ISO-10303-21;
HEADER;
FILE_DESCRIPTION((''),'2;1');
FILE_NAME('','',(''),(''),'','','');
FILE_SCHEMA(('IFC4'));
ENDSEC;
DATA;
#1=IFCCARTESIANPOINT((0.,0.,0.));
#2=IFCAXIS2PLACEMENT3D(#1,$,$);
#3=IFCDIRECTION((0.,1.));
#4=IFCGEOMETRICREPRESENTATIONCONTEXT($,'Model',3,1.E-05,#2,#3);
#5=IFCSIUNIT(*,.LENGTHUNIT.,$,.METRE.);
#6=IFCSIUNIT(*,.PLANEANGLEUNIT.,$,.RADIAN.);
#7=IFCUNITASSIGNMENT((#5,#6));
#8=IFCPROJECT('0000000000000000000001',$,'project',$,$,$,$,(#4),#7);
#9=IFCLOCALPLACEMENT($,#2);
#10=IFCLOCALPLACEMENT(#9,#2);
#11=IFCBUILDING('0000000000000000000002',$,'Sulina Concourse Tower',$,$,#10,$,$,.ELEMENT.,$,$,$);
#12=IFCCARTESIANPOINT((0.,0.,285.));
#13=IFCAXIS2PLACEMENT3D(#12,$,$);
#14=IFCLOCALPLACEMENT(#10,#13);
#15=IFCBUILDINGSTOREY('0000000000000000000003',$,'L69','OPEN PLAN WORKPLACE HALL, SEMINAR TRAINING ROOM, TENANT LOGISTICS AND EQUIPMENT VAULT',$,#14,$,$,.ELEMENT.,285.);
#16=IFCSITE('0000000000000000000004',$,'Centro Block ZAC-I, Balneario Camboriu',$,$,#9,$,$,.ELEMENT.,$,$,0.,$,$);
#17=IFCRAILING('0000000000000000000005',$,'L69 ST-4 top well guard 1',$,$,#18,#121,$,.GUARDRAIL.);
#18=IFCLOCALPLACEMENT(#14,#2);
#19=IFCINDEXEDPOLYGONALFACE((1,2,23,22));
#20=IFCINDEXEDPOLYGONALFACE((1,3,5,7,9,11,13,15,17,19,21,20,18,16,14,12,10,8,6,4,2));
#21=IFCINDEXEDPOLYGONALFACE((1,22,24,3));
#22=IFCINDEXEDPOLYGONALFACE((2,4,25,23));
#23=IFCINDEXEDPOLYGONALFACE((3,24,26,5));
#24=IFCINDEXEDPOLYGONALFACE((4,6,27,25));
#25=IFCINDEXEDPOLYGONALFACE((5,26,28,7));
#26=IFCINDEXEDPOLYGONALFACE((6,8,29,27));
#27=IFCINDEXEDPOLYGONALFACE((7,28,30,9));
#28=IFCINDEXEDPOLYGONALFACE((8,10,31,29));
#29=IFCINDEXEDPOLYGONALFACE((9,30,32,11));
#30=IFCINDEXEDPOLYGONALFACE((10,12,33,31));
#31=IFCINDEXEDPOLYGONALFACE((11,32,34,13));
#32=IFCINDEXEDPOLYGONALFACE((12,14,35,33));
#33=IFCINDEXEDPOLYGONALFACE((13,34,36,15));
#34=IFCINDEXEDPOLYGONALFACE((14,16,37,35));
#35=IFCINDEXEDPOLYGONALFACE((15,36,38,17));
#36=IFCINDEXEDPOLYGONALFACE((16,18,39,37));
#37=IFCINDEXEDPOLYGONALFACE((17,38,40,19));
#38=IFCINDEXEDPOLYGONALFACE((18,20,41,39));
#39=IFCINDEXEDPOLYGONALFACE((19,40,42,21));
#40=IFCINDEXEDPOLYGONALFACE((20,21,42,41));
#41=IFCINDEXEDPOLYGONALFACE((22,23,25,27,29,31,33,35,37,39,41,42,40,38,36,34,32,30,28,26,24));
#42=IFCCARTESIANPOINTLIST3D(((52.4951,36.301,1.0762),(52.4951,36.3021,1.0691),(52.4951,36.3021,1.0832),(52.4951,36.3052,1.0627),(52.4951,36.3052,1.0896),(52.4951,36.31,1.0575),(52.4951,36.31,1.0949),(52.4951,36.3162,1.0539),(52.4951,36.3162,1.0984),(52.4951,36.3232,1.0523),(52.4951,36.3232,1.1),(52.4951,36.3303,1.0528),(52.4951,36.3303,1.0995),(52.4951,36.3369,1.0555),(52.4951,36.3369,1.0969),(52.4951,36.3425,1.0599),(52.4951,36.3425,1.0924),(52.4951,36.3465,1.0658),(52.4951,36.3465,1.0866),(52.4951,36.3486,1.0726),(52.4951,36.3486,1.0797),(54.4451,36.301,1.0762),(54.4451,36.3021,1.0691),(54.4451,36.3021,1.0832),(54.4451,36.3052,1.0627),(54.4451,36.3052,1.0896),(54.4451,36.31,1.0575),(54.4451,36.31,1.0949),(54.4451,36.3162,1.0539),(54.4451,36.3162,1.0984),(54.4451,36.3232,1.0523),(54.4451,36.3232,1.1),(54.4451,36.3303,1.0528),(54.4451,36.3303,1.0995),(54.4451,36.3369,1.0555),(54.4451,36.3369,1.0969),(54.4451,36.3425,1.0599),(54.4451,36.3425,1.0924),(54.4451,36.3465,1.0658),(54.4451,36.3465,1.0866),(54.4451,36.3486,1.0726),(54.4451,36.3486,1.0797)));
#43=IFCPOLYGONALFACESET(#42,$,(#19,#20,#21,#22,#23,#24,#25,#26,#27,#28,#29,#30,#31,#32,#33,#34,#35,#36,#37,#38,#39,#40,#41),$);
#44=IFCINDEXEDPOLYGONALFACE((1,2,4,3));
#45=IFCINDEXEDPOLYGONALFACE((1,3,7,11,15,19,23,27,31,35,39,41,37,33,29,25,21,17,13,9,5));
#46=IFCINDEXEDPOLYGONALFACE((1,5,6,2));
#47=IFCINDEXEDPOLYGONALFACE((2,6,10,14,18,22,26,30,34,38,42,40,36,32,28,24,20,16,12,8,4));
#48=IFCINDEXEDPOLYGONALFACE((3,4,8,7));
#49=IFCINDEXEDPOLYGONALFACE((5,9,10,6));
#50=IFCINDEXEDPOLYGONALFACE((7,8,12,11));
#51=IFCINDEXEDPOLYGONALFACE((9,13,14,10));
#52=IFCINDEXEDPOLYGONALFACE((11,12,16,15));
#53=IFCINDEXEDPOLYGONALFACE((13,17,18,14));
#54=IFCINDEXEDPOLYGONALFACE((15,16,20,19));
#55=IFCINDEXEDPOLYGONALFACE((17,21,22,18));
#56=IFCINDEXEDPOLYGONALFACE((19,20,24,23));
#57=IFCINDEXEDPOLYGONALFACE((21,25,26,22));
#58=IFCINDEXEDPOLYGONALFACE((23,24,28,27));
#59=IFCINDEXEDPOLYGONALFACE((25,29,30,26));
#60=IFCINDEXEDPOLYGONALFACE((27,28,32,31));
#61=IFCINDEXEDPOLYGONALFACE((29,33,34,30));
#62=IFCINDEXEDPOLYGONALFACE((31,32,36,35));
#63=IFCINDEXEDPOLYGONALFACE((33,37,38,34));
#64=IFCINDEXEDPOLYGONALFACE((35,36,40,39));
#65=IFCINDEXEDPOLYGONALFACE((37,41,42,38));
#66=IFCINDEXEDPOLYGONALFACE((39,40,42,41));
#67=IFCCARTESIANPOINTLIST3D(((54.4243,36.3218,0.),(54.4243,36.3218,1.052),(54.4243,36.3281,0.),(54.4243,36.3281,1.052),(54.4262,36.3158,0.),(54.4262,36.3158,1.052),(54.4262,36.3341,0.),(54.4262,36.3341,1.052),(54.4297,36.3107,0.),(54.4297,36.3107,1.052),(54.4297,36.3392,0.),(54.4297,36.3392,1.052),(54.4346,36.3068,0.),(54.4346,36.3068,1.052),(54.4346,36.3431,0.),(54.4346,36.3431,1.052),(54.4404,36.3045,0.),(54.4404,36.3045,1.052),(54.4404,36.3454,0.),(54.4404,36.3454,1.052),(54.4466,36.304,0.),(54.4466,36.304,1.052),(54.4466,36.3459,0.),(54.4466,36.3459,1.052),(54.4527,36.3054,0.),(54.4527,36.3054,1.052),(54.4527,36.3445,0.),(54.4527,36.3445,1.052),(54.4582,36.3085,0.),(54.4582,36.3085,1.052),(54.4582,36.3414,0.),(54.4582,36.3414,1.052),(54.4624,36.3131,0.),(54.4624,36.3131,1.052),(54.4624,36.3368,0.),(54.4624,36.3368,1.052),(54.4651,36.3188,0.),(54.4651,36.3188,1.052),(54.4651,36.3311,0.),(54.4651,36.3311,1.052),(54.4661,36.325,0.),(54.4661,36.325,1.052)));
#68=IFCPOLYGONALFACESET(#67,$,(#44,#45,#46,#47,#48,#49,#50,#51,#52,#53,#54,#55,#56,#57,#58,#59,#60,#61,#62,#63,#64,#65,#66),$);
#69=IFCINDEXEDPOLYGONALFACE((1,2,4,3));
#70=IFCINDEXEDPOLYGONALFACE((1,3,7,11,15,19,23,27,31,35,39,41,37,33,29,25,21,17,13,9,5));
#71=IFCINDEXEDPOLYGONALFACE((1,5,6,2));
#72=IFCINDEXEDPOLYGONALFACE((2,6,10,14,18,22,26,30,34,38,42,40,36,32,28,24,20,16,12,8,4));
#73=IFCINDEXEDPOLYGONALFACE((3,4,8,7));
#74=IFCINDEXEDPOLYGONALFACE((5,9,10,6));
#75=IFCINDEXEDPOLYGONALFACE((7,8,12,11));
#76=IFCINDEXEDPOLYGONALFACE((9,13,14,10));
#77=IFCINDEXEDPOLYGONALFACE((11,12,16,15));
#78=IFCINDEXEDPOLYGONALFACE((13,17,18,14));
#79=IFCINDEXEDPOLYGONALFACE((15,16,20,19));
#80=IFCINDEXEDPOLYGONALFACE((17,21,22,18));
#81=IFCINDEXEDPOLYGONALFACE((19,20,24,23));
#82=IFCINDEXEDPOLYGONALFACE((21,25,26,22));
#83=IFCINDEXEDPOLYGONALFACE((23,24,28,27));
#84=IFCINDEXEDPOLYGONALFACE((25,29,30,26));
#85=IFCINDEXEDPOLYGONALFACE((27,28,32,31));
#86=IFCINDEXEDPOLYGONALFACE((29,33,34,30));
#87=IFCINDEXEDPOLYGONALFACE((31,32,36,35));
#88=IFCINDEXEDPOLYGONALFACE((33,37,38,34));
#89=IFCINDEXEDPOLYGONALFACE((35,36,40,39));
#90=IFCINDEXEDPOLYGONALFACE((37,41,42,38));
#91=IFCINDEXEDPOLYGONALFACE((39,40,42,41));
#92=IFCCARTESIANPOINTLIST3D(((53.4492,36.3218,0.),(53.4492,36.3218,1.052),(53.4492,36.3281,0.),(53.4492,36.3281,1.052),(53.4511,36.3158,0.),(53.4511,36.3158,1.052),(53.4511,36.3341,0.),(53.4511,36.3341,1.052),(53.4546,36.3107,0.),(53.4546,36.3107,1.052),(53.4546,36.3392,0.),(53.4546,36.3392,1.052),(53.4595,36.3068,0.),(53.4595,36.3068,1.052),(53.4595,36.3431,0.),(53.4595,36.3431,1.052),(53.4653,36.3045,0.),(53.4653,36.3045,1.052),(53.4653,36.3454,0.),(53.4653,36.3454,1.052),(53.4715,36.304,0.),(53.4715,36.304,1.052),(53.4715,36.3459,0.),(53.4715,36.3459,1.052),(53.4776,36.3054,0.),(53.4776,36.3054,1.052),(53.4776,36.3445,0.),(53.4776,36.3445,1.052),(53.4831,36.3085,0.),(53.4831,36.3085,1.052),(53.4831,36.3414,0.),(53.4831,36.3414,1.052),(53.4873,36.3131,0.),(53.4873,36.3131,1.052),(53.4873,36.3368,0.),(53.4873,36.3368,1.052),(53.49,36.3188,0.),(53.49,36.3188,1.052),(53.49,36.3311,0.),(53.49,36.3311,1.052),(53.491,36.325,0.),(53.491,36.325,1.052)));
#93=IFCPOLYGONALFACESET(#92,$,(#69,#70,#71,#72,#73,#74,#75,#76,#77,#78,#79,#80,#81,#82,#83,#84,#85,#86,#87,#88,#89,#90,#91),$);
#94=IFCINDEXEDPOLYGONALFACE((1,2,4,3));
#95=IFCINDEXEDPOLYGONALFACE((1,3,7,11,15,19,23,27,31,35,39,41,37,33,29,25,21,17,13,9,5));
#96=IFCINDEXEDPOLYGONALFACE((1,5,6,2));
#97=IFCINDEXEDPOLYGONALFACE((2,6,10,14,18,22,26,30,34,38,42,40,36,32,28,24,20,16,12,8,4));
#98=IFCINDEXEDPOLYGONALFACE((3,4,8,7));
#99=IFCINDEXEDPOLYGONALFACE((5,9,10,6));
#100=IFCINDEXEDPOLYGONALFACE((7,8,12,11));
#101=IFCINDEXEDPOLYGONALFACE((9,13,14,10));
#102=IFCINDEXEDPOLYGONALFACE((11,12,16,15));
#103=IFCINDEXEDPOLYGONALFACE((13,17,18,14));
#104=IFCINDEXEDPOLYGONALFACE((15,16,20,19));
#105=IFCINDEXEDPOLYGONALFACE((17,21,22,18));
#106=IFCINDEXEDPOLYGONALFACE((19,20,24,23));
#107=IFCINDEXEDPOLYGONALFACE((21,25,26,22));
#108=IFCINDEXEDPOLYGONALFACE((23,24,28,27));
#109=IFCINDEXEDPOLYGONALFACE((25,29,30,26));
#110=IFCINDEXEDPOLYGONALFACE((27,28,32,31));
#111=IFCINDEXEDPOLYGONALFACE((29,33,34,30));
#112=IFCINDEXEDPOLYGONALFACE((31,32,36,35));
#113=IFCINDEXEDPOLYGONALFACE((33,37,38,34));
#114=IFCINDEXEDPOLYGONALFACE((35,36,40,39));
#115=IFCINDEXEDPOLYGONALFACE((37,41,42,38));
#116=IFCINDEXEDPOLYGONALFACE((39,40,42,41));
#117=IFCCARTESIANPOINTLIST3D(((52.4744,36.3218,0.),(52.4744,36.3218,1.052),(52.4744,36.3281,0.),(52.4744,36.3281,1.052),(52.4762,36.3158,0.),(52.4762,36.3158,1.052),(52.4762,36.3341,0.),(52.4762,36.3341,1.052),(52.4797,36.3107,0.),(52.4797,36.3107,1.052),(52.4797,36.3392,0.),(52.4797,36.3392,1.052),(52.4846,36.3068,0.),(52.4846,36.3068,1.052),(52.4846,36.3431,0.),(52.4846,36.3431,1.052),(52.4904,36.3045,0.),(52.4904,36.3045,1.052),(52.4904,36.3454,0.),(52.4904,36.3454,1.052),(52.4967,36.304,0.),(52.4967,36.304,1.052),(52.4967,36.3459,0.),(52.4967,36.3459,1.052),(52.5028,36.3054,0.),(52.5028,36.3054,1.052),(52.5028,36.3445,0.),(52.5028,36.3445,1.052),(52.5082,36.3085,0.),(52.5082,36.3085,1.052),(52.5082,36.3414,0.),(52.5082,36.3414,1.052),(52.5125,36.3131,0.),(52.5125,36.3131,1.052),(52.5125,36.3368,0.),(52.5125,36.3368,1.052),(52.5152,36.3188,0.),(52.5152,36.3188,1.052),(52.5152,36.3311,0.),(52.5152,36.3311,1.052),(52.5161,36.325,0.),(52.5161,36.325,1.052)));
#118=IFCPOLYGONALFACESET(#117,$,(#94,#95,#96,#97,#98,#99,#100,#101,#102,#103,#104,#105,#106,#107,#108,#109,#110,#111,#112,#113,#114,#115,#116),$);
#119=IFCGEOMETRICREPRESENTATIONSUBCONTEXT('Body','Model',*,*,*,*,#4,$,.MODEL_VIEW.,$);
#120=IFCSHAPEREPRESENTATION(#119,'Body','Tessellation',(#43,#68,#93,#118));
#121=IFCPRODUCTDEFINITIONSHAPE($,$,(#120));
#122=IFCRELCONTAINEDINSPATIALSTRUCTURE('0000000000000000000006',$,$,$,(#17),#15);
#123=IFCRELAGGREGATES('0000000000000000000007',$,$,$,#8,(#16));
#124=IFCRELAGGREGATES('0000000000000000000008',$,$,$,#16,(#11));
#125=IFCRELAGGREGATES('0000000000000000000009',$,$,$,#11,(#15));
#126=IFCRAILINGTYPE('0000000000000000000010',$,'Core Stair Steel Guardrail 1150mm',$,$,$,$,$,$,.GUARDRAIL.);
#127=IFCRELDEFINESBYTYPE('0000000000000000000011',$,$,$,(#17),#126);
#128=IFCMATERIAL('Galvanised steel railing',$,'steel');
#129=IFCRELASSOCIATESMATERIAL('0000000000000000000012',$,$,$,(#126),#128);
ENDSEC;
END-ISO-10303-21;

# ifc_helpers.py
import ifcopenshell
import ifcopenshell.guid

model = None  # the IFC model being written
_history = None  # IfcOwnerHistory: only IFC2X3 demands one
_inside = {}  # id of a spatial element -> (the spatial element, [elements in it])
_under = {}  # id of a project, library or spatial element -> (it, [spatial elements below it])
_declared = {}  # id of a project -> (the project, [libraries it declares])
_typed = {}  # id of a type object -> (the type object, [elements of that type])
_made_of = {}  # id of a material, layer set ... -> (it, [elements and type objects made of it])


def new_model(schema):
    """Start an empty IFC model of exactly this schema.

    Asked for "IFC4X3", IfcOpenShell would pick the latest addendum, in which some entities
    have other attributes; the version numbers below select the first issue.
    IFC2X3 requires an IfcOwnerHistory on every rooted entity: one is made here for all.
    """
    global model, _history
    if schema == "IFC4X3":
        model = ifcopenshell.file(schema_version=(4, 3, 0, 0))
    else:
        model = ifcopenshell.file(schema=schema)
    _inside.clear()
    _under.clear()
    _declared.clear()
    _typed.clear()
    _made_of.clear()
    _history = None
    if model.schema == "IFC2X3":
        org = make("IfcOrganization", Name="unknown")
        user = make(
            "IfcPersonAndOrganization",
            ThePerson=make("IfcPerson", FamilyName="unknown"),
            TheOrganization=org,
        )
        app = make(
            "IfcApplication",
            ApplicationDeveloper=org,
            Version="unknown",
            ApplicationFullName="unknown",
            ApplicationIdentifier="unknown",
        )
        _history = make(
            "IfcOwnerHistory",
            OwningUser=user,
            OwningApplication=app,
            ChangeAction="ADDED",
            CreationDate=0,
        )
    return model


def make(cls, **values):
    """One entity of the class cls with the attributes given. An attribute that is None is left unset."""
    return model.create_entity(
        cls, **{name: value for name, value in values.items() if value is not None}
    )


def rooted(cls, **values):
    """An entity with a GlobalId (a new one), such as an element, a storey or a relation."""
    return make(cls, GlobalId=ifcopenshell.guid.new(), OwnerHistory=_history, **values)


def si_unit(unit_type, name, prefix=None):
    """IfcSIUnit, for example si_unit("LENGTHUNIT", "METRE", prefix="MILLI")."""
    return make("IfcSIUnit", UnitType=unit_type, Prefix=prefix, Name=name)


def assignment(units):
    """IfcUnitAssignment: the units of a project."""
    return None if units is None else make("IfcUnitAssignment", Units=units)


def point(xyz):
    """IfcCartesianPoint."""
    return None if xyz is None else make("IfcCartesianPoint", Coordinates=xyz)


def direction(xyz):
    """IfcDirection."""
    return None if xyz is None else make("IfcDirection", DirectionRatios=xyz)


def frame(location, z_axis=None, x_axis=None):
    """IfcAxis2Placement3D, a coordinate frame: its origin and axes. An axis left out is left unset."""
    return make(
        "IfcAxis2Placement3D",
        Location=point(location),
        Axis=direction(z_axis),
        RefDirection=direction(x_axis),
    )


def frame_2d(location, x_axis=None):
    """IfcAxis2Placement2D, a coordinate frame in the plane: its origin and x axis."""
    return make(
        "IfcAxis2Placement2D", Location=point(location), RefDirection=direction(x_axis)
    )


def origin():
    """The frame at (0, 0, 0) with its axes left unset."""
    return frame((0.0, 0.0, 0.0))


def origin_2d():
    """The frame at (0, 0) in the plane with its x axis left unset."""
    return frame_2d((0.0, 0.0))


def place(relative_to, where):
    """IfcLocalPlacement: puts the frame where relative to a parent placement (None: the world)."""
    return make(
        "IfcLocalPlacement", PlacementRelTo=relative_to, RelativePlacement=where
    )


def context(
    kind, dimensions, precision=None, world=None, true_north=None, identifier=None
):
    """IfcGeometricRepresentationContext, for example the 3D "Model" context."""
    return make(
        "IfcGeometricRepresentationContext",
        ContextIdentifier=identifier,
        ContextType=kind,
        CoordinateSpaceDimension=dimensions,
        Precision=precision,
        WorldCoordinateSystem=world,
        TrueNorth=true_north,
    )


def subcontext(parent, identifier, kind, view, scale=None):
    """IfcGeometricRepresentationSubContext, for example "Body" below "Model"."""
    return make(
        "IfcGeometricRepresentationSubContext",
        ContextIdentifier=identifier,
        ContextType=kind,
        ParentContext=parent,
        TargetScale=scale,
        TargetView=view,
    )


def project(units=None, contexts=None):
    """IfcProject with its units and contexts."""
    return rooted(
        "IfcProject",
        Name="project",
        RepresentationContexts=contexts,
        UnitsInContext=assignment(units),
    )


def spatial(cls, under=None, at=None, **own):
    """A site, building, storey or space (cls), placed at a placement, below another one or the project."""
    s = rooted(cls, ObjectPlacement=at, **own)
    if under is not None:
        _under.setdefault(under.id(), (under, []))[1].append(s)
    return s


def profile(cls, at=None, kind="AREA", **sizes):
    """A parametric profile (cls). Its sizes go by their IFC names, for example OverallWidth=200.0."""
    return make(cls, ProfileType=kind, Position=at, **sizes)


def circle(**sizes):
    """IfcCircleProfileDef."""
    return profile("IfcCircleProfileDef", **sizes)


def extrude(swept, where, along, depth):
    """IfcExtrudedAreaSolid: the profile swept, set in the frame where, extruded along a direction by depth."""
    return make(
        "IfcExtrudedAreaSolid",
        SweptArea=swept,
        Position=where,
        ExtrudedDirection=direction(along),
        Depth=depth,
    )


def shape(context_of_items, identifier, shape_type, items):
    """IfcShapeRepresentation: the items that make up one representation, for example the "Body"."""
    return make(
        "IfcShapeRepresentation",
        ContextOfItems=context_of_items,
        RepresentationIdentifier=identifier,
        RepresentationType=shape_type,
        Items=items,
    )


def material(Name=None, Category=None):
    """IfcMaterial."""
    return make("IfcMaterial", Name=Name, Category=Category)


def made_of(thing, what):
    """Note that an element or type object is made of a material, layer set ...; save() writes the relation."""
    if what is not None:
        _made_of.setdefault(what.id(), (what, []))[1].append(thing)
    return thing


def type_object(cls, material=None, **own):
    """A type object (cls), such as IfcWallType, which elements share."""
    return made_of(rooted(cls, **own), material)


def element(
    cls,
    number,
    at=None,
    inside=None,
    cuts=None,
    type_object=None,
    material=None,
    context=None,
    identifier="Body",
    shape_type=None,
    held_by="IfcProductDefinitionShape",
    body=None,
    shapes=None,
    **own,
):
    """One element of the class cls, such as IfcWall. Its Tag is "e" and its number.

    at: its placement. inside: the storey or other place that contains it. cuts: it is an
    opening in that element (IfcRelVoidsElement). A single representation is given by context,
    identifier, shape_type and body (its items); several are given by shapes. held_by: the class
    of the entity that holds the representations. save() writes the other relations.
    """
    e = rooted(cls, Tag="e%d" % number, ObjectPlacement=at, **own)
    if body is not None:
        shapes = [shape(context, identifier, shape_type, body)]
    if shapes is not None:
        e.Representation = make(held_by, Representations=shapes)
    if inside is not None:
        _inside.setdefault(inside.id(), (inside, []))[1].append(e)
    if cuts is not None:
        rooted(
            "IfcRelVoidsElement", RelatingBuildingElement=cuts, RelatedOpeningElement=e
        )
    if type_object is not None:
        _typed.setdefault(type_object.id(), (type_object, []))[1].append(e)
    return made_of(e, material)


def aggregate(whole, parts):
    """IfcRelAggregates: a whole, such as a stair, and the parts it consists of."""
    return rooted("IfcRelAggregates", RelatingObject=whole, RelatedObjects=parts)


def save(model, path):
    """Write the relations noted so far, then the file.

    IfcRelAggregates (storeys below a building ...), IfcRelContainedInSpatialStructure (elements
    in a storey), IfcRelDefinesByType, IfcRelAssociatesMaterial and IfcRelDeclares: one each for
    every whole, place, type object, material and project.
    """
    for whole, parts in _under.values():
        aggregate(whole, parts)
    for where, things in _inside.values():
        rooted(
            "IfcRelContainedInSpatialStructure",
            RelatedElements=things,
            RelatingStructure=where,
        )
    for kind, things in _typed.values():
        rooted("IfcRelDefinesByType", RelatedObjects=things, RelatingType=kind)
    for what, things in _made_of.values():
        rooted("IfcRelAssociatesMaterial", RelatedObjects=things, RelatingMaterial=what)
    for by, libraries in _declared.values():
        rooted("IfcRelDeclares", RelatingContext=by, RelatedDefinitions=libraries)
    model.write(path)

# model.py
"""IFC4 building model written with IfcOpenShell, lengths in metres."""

from ifc_helpers import new_model, si_unit, direction, frame, origin, origin_2d, place, context, subcontext, project, spatial, circle, extrude, material, type_object, element, save


model = new_model("IFC4")

# Units and contexts
model_context = context("Model", 3, precision=1e-05, world=origin(), true_north=direction((0.0, 1.0)))
body_context = subcontext(model_context, "Body", "Model", "MODEL_VIEW")
ifc_project = project(units=[si_unit("LENGTHUNIT", "METRE"), si_unit("PLANEANGLEUNIT", "RADIAN")], contexts=[model_context])

# Site, building, storey
site_placement = place(None, origin())
site = spatial("IfcSite", under=ifc_project, at=site_placement, Name="Centro Block ZAC-I, Balneario Camboriu", CompositionType="ELEMENT", RefElevation=0.0)
building_placement = place(site_placement, origin())
building = spatial("IfcBuilding", under=site, at=building_placement, Name="Sulina Concourse Tower", CompositionType="ELEMENT")
storey_placement = place(building_placement, frame((0.0, 0.0, 285.0)))
storey = spatial("IfcBuildingStorey", under=building, at=storey_placement, Name="L69", Description="OPEN PLAN WORKPLACE HALL, SEMINAR TRAINING ROOM, TENANT LOGISTICS AND EQUIPMENT VAULT", CompositionType="ELEMENT", Elevation=285.0)

# Railing
ifc_material_1 = material(Name="Galvanised steel railing", Category="steel")
railing_type = type_object("IfcRailingType", Name="Core Stair Steel Guardrail 1150mm", PredefinedType="GUARDRAIL", material=ifc_material_1)
for number, where, name in (
    (1, (54.4451, 36.325, 0.0), "L69 ST-4 top well guard 1"),
):
    element("IfcRailing", number, at=place(storey_placement, frame(where)), inside=storey, type_object=railing_type, Name=name, PredefinedType="GUARDRAIL", context=body_context, shape_type="SweptSolid", body=[
        extrude(circle(Radius=0.0239, at=origin_2d()), frame((0.0, 0.0, 1.0762), z_axis=(-1.0, 0.0, 0.0), x_axis=(0.0, -1.0, 0.0)), (0.0, 0.0, 1.0), 1.95),
        extrude(circle(Radius=0.021, at=origin_2d()), origin(), (0.0, 0.0, 1.0), 1.052),
        extrude(circle(Radius=0.021, at=origin_2d()), frame((-0.9751, 0.0, 0.0)), (0.0, 0.0, 1.0), 1.052),
        extrude(circle(Radius=0.021, at=origin_2d()), frame((-1.95, 0.0, 0.0)), (0.0, 0.0, 1.0), 1.052),
    ])

save(model, "model.ifc")
